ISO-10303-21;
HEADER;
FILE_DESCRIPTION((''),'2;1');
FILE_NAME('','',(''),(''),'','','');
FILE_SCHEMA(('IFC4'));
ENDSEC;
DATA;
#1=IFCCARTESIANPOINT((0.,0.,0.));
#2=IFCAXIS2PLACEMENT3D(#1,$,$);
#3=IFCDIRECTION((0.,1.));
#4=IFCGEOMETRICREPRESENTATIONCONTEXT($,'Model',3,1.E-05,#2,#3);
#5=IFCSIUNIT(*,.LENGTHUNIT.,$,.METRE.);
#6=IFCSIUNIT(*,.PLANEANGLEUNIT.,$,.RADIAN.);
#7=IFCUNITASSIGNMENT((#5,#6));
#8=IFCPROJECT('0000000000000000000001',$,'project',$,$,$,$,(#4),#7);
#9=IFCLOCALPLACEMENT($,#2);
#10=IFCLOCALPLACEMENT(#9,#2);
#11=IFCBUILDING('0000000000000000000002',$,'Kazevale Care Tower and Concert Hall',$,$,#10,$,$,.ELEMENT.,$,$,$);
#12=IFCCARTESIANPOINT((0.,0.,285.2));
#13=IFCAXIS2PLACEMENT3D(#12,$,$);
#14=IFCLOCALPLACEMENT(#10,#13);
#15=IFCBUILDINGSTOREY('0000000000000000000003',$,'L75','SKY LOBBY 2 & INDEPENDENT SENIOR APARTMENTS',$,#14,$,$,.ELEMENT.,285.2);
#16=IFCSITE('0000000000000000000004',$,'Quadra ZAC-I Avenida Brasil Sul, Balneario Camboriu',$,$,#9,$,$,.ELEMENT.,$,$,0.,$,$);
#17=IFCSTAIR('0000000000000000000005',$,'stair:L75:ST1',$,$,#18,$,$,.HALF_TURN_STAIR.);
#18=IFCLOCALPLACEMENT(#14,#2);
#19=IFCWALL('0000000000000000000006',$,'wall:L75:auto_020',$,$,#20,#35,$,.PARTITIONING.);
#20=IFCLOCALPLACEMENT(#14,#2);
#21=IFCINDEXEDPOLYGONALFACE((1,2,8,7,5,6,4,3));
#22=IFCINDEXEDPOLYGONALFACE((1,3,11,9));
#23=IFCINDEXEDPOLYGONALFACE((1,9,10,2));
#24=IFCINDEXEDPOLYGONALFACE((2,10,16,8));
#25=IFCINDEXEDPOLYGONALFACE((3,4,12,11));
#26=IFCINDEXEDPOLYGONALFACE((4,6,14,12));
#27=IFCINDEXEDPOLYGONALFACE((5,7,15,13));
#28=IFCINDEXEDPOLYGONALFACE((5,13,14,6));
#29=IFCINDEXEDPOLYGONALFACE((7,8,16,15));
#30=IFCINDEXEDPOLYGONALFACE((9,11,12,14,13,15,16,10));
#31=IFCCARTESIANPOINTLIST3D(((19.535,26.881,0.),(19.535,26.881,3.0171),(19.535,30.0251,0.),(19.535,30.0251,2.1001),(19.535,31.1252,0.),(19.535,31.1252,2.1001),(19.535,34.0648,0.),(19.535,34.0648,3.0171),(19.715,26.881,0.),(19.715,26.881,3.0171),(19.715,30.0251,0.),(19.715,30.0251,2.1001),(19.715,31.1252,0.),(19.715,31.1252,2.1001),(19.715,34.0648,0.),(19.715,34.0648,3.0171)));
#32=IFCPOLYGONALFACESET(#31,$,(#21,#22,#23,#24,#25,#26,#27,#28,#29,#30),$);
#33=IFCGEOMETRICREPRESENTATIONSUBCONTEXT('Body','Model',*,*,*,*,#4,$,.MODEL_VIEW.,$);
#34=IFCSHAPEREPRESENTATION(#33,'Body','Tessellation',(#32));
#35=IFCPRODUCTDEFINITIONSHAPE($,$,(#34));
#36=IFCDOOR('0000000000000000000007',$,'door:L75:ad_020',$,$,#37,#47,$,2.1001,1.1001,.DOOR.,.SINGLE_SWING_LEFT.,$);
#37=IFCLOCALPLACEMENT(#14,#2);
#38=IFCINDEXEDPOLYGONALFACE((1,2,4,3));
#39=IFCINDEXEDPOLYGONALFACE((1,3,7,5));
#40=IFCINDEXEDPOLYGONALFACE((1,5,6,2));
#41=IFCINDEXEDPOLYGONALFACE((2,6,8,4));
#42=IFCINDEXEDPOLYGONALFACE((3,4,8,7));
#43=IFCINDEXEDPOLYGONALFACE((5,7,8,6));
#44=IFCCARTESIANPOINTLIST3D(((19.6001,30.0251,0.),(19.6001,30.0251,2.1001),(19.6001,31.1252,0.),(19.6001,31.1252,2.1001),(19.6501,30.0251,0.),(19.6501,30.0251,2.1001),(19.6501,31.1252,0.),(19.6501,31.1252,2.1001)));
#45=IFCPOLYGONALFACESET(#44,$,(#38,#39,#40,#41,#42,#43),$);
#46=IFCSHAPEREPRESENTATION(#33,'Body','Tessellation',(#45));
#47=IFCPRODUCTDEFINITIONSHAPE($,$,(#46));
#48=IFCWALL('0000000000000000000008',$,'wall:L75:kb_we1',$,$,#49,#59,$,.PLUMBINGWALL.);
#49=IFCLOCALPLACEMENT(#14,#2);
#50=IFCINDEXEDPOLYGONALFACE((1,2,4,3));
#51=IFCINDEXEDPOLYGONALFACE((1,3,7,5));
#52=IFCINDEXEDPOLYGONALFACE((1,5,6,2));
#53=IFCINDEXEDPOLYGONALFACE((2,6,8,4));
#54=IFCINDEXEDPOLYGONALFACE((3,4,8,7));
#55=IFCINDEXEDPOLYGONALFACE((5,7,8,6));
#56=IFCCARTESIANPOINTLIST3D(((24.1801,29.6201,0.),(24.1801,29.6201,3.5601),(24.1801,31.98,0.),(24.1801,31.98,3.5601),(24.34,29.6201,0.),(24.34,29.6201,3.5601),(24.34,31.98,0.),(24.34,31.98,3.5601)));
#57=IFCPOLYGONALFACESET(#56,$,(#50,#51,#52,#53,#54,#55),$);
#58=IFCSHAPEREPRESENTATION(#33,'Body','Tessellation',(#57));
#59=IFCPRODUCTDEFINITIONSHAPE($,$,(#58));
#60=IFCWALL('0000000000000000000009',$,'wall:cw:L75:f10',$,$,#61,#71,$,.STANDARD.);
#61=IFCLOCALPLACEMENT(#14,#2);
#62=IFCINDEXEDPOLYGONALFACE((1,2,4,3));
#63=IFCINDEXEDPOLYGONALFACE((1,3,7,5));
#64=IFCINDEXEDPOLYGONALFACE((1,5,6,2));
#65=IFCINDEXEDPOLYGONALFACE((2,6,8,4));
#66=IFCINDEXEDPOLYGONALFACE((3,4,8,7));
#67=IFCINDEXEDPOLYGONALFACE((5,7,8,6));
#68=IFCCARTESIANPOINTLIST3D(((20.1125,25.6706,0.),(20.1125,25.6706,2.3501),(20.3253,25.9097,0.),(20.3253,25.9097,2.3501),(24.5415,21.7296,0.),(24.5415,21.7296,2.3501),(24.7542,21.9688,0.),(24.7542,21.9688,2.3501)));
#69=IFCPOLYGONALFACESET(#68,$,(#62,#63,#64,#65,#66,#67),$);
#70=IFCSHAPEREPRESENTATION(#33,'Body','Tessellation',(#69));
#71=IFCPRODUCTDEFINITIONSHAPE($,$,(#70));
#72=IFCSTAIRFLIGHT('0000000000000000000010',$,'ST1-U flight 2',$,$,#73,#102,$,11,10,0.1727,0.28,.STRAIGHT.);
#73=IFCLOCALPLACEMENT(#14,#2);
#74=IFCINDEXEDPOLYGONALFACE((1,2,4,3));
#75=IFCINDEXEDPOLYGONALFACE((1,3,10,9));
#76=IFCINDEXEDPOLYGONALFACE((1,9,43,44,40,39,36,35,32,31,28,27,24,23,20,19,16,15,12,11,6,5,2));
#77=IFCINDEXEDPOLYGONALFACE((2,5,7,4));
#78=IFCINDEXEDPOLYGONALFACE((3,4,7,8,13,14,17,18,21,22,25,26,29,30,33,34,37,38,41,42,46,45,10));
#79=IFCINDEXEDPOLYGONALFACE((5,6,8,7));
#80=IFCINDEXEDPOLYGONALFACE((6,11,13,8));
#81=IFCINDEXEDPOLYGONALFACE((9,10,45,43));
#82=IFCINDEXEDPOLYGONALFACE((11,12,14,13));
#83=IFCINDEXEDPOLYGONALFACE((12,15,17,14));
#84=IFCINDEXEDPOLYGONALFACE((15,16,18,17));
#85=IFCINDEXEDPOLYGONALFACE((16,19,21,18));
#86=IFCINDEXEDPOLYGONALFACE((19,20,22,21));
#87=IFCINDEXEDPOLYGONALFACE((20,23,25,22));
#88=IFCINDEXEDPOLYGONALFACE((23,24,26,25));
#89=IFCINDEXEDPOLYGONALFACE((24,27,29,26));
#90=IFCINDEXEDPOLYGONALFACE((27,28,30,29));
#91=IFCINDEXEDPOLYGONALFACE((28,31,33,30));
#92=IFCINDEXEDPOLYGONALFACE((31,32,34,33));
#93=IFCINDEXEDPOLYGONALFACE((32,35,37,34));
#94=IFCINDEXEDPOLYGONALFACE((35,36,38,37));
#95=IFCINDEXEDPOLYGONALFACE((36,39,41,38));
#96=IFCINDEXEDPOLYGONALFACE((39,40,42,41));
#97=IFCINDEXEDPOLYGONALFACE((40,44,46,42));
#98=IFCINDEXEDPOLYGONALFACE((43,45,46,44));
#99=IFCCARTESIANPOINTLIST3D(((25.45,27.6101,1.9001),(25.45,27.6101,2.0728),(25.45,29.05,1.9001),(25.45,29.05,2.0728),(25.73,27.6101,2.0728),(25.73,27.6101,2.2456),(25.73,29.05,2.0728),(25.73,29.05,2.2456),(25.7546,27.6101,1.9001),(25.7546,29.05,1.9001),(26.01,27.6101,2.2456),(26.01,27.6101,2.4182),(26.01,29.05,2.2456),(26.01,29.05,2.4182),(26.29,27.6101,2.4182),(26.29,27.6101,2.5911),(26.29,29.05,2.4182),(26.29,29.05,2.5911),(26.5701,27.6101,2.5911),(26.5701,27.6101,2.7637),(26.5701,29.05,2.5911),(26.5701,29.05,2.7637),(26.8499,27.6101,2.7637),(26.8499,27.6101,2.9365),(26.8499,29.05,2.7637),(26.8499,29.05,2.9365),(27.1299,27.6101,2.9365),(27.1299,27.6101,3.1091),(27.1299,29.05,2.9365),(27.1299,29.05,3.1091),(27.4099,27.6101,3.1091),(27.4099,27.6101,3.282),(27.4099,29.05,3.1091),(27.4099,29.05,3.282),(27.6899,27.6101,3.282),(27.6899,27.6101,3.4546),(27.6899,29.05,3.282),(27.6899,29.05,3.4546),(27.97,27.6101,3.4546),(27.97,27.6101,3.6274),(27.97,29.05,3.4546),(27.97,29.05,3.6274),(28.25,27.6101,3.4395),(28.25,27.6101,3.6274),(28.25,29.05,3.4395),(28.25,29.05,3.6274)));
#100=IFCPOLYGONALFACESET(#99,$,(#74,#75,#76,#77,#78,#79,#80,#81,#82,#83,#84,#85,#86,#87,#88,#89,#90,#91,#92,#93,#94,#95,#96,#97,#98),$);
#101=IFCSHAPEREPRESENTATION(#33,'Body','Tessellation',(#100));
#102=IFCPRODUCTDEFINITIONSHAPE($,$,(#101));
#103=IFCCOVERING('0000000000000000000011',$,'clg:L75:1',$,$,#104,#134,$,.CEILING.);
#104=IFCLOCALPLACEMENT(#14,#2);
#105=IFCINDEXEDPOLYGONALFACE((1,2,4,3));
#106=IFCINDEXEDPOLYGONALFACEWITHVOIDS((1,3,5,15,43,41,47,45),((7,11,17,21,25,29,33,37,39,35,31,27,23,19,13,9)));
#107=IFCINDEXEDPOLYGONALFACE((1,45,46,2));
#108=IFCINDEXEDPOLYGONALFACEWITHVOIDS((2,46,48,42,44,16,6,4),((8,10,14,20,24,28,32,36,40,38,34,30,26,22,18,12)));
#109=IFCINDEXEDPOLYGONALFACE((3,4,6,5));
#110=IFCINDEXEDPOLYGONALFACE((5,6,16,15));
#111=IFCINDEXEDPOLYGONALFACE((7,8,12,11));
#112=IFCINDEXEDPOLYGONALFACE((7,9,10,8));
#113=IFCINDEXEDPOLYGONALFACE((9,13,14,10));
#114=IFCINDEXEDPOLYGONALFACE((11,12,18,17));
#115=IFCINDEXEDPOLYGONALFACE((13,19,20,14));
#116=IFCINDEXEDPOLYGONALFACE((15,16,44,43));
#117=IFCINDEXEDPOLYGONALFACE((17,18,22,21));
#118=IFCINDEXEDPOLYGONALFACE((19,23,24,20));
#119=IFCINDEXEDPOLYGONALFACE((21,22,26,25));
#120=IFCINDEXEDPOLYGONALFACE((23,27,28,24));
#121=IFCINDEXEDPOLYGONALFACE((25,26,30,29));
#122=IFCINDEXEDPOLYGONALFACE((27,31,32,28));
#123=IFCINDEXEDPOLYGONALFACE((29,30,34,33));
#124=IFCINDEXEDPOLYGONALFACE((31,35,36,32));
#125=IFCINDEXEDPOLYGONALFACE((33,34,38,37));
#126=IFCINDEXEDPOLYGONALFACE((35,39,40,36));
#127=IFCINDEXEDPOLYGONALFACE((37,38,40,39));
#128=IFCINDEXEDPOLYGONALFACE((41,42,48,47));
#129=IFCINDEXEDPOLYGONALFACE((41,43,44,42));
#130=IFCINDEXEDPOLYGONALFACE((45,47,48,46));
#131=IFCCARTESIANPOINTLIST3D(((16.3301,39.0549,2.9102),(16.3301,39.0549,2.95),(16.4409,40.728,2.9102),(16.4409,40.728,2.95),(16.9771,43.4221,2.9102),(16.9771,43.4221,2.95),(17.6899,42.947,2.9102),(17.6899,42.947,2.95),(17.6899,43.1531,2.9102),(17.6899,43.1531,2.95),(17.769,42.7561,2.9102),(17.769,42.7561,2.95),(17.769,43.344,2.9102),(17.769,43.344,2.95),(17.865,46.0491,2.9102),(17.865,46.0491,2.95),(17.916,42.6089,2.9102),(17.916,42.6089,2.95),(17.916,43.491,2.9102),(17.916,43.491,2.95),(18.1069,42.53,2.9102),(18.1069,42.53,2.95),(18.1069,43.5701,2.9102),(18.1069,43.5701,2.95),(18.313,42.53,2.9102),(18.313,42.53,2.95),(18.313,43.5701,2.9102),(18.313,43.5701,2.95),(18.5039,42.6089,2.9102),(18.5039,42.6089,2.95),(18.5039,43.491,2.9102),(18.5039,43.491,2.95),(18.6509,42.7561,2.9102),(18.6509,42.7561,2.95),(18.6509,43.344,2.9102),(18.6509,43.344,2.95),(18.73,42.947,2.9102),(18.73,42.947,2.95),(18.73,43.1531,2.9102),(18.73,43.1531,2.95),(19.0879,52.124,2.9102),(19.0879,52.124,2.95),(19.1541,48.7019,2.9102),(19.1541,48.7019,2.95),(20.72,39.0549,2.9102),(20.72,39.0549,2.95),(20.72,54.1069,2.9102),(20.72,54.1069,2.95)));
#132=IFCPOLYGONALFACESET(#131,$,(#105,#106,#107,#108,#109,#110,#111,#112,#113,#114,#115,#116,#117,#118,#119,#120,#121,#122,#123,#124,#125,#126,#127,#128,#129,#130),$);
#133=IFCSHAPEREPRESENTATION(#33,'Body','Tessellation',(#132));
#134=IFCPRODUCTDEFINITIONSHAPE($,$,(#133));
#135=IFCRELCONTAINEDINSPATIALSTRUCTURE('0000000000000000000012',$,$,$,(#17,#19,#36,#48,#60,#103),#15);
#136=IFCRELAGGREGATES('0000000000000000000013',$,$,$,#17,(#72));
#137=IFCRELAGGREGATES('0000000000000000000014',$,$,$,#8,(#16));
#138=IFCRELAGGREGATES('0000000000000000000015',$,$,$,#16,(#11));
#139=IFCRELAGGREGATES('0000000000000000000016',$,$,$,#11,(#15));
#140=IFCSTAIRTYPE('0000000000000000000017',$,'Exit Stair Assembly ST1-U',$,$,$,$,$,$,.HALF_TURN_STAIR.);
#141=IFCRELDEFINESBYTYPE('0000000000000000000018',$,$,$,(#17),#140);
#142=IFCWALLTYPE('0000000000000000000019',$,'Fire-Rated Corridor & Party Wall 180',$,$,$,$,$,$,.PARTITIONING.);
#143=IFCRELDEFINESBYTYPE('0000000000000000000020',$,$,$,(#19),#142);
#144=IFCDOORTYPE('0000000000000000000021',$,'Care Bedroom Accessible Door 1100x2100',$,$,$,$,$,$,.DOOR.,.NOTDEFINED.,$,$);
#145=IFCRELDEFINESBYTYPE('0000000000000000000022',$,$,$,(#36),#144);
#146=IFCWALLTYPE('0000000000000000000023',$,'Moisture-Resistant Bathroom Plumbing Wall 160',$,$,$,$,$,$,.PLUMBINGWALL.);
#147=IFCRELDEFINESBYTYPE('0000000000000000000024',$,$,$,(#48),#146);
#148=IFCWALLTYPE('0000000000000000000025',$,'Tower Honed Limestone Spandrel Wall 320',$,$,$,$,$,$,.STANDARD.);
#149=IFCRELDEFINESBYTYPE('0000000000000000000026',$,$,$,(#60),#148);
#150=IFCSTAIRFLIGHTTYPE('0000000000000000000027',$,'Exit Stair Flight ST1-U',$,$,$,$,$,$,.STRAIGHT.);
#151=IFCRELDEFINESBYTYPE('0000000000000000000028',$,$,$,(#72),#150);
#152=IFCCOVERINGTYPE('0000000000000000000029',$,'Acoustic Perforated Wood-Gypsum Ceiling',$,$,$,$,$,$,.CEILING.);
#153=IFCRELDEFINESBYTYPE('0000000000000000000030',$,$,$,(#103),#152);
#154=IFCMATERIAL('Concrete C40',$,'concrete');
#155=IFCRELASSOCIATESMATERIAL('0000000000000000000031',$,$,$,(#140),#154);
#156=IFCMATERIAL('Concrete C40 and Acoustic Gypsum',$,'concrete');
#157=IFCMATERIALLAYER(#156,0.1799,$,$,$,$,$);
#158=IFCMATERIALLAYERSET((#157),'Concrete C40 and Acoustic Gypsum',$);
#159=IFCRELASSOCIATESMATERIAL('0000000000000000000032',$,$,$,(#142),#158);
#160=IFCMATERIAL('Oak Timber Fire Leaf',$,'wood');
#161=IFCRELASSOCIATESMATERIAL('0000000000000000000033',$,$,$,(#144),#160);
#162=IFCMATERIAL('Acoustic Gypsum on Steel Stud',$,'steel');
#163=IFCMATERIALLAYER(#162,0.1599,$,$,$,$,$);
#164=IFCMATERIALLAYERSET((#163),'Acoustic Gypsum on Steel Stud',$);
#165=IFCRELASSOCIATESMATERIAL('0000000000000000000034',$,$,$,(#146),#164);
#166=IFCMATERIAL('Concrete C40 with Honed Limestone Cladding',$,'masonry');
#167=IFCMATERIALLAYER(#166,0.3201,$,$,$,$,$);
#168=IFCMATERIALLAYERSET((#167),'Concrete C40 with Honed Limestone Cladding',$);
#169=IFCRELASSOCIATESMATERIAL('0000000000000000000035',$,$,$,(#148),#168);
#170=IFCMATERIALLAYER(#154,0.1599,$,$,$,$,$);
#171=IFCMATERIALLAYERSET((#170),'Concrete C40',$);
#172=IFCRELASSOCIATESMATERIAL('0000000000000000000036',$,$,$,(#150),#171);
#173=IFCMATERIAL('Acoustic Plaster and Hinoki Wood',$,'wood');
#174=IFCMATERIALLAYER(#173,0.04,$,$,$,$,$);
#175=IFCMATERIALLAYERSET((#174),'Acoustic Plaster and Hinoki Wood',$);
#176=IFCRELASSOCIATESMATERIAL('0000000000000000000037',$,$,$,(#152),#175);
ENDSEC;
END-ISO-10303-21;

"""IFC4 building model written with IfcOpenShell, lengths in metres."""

from ifc_helpers import new_model, si_unit, direction, frame, frame_2d, origin, place, context, subcontext, project, spatial, polyline, rectangle, outline, extrude, material, layer, layer_set, type_object, element, fill, aggregate, save


model = new_model("IFC4")

# Units and contexts
model_context = context("Model", 3, precision=1e-05, world=origin(), true_north=direction((0.0, 1.0)))
body_context = subcontext(model_context, "Body", "Model", "MODEL_VIEW")
ifc_project = project(units=[si_unit("LENGTHUNIT", "METRE"), si_unit("PLANEANGLEUNIT", "RADIAN")], contexts=[model_context])

# Site, building, storey
site_placement = place(None, origin())
site = spatial("IfcSite", under=ifc_project, at=site_placement, Name="Quadra ZAC-I Avenida Brasil Sul, Balneario Camboriu", CompositionType="ELEMENT", RefElevation=0.0)
building_placement = place(site_placement, origin())
building = spatial("IfcBuilding", under=site, at=building_placement, Name="Kazevale Care Tower and Concert Hall", CompositionType="ELEMENT")
storey_placement = place(building_placement, frame((0.0, 0.0, 285.2)))
storey = spatial("IfcBuildingStorey", under=building, at=storey_placement, Name="L75", Description="SKY LOBBY 2 & INDEPENDENT SENIOR APARTMENTS", CompositionType="ELEMENT", Elevation=285.2)

# Shared definitions
ifc_material_1 = material(Name="Concrete C40", Category="concrete")

# Stair
stair_type = type_object("IfcStairType", Name="Exit Stair Assembly ST1-U", PredefinedType="HALF_TURN_STAIR", material=ifc_material_1)
stair_1_placement = place(storey_placement, origin())
stair_1 = element("IfcStair", 1, at=stair_1_placement, inside=storey, type_object=stair_type, Name="stair:L75:ST1", PredefinedType="HALF_TURN_STAIR")

# Wall, opening, door
ifc_material_2 = material(Name="Concrete C40 and Acoustic Gypsum", Category="concrete")
ifc_layer_1 = layer(ifc_material_2, 0.1799)
ifc_layer_set_1 = layer_set([ifc_layer_1], Name="Concrete C40 and Acoustic Gypsum")
wall_type_1 = type_object("IfcWallType", Name="Fire-Rated Corridor & Party Wall 180", PredefinedType="PARTITIONING", material=ifc_layer_set_1)
wall_1_placement = place(storey_placement, frame((19.625, 26.8811, 0.0), z_axis=(0.0, 0.0, 1.0), x_axis=(0.0, 1.0, 0.0)))
wall_1 = element("IfcWall", 2, at=wall_1_placement, inside=storey, type_object=wall_type_1, Name="wall:L75:auto_020", PredefinedType="PARTITIONING", context=body_context, shape_type="SweptSolid", body=[
    extrude(rectangle(XDim=7.1838, YDim=0.1799, at=frame_2d((3.5918, 0.0))), origin(), (0.0, 0.0, 1.0), 3.0171),
])
opening_1_placement = place(wall_1_placement, frame((3.144, 0.0, 0.0)))
opening_1 = element("IfcOpeningElement", 3, at=opening_1_placement, cuts=wall_1, PredefinedType="OPENING", context=body_context, shape_type="SweptSolid", body=[
    extrude(rectangle(XDim=1.1001, YDim=2.1001, at=frame_2d((0.55, 1.05))), frame((0.0, 0.0999, 0.0), z_axis=(0.0, -1.0, 0.0), x_axis=(1.0, 0.0, 0.0)), (0.0, 0.0, 1.0), 0.2),
])
ifc_material_3 = material(Name="Oak Timber Fire Leaf", Category="wood")
door_type_1 = type_object("IfcDoorType", Name="Care Bedroom Accessible Door 1100x2100", OperationType="NOTDEFINED", PredefinedType="DOOR", material=ifc_material_3)
door_1_placement = place(opening_1_placement, origin())
door_1 = element("IfcDoor", 4, at=door_1_placement, inside=storey, type_object=door_type_1, Name="door:L75:ad_020", OperationType="SINGLE_SWING_LEFT", OverallHeight=2.1001, OverallWidth=1.1001, PredefinedType="DOOR", context=body_context, shape_type="SweptSolid", body=[
    extrude(rectangle(XDim=1.1001, YDim=2.1001, at=frame_2d((0.55, 1.05))), frame((0.0, 0.0249, 0.0), z_axis=(0.0, -1.0, 0.0), x_axis=(1.0, 0.0, 0.0)), (0.0, 0.0, 1.0), 0.05),
])
fill(opening_1, door_1)

# Walls
ifc_material_4 = material(Name="Acoustic Gypsum on Steel Stud", Category="steel")
ifc_layer_2 = layer(ifc_material_4, 0.1599)
ifc_layer_set_2 = layer_set([ifc_layer_2], Name="Acoustic Gypsum on Steel Stud")
wall_type_2 = type_object("IfcWallType", Name="Moisture-Resistant Bathroom Plumbing Wall 160", PredefinedType="PLUMBINGWALL", material=ifc_layer_set_2)
wall_2_placement = place(storey_placement, frame((24.26, 29.6201, 0.0), z_axis=(0.0, 0.0, 1.0), x_axis=(0.0, 1.0, 0.0)))
element("IfcWall", 5, at=wall_2_placement, inside=storey, type_object=wall_type_2, Name="wall:L75:kb_we1", PredefinedType="PLUMBINGWALL", context=body_context, shape_type="SweptSolid", body=[
    extrude(rectangle(XDim=2.3599, YDim=0.1599, at=frame_2d((1.1799, 0.0))), origin(), (0.0, 0.0, 1.0), 3.5601),
])
ifc_material_5 = material(Name="Concrete C40 with Honed Limestone Cladding", Category="masonry")
ifc_layer_3 = layer(ifc_material_5, 0.3201)
ifc_layer_set_3 = layer_set([ifc_layer_3], Name="Concrete C40 with Honed Limestone Cladding")
wall_type_3 = type_object("IfcWallType", Name="Tower Honed Limestone Spandrel Wall 320", PredefinedType="STANDARD", material=ifc_layer_set_3)
wall_3_placement = place(storey_placement, frame((24.6479, 21.8491, 0.0), z_axis=(0.0, 0.0, 1.0), x_axis=(-0.747068, 0.664747, 0.0)))
element("IfcWall", 6, at=wall_3_placement, inside=storey, type_object=wall_type_3, Name="wall:cw:L75:f10", PredefinedType="STANDARD", context=body_context, shape_type="SweptSolid", body=[
    extrude(rectangle(XDim=5.9285, YDim=0.3201, at=frame_2d((2.9644, 0.0))), origin(), (0.0, 0.0, 1.0), 2.3501),
])

# Stair flight
ifc_layer_4 = layer(ifc_material_1, 0.1599)
ifc_layer_set_4 = layer_set([ifc_layer_4], Name="Concrete C40")
stair_flight_type = type_object("IfcStairFlightType", Name="Exit Stair Flight ST1-U", PredefinedType="STRAIGHT", material=ifc_layer_set_4)
stair_flight_placement = place(storey_placement, frame((25.45, 28.3301, 1.9001), z_axis=(0.0, 0.0, 1.0), x_axis=(1.0, 0.0, 0.0)))
stair_flight = element("IfcStairFlight", 7, at=stair_flight_placement, type_object=stair_flight_type, Name="ST1-U flight 2", NumberOfRisers=11, NumberOfTreads=10, PredefinedType="STRAIGHT", RiserHeight=0.1727, TreadLength=0.28, context=body_context, shape_type="SweptSolid", body=[
    extrude(outline(polyline([(0.0, 0.0), (0.0, 0.1726), (0.28, 0.1726), (0.28, 0.3455), (0.5601, 0.3455), (0.5601, 0.5181), (0.8401, 0.5181), (0.8401, 0.6909), (1.1201, 0.6909), (1.1201, 0.8635), (1.3999, 0.8635), (1.3999, 1.0364), (1.6799, 1.0364), (1.6799, 1.209), (1.96, 1.209), (1.96, 1.3818), (2.24, 1.3818), (2.24, 1.5544), (2.52, 1.5544), (2.52, 1.7273), (2.8, 1.7273), (2.8, 1.8999), (2.8, 1.5393), (0.3047, 0.0), (0.0, 0.0)])), frame((0.0, 0.72, 0.0), z_axis=(0.0, -1.0, 0.0), x_axis=(1.0, 0.0, 0.0)), (0.0, 0.0, 1.0), 1.4399),
])
aggregate(stair_1, [stair_flight])

# Covering
ifc_material_6 = material(Name="Acoustic Plaster and Hinoki Wood", Category="wood")
ifc_layer_5 = layer(ifc_material_6, 0.04)
ifc_layer_set_5 = layer_set([ifc_layer_5], Name="Acoustic Plaster and Hinoki Wood")
covering_type = type_object("IfcCoveringType", Name="Acoustic Perforated Wood-Gypsum Ceiling", PredefinedType="CEILING", material=ifc_layer_set_5)
covering_1_placement = place(storey_placement, frame((0.0, 0.0, 2.9102)))
element("IfcCovering", 8, at=covering_1_placement, inside=storey, type_object=covering_type, Name="clg:L75:1", PredefinedType="CEILING", context=body_context, shape_type="SweptSolid", body=[
    extrude(outline(polyline([(16.9771, 43.4221), (17.865, 46.0491), (19.1541, 48.7019), (19.0879, 52.124), (20.72, 54.1069), (20.72, 39.0549), (16.3301, 39.0549), (16.4409, 40.728), (16.9771, 43.4221)]), holes=[polyline([(18.73, 43.1531), (18.6509, 43.344), (18.5039, 43.491), (18.313, 43.5701), (18.1069, 43.5701), (17.916, 43.491), (17.769, 43.344), (17.6899, 43.1531), (17.6899, 42.947), (17.769, 42.7561), (17.916, 42.6089), (18.1069, 42.53), (18.313, 42.53), (18.5039, 42.6089), (18.6509, 42.7561), (18.73, 42.947), (18.73, 43.1531)])]), origin(), (0.0, 0.0, 1.0), 0.0398),
])

save(model, "model.ifc")
